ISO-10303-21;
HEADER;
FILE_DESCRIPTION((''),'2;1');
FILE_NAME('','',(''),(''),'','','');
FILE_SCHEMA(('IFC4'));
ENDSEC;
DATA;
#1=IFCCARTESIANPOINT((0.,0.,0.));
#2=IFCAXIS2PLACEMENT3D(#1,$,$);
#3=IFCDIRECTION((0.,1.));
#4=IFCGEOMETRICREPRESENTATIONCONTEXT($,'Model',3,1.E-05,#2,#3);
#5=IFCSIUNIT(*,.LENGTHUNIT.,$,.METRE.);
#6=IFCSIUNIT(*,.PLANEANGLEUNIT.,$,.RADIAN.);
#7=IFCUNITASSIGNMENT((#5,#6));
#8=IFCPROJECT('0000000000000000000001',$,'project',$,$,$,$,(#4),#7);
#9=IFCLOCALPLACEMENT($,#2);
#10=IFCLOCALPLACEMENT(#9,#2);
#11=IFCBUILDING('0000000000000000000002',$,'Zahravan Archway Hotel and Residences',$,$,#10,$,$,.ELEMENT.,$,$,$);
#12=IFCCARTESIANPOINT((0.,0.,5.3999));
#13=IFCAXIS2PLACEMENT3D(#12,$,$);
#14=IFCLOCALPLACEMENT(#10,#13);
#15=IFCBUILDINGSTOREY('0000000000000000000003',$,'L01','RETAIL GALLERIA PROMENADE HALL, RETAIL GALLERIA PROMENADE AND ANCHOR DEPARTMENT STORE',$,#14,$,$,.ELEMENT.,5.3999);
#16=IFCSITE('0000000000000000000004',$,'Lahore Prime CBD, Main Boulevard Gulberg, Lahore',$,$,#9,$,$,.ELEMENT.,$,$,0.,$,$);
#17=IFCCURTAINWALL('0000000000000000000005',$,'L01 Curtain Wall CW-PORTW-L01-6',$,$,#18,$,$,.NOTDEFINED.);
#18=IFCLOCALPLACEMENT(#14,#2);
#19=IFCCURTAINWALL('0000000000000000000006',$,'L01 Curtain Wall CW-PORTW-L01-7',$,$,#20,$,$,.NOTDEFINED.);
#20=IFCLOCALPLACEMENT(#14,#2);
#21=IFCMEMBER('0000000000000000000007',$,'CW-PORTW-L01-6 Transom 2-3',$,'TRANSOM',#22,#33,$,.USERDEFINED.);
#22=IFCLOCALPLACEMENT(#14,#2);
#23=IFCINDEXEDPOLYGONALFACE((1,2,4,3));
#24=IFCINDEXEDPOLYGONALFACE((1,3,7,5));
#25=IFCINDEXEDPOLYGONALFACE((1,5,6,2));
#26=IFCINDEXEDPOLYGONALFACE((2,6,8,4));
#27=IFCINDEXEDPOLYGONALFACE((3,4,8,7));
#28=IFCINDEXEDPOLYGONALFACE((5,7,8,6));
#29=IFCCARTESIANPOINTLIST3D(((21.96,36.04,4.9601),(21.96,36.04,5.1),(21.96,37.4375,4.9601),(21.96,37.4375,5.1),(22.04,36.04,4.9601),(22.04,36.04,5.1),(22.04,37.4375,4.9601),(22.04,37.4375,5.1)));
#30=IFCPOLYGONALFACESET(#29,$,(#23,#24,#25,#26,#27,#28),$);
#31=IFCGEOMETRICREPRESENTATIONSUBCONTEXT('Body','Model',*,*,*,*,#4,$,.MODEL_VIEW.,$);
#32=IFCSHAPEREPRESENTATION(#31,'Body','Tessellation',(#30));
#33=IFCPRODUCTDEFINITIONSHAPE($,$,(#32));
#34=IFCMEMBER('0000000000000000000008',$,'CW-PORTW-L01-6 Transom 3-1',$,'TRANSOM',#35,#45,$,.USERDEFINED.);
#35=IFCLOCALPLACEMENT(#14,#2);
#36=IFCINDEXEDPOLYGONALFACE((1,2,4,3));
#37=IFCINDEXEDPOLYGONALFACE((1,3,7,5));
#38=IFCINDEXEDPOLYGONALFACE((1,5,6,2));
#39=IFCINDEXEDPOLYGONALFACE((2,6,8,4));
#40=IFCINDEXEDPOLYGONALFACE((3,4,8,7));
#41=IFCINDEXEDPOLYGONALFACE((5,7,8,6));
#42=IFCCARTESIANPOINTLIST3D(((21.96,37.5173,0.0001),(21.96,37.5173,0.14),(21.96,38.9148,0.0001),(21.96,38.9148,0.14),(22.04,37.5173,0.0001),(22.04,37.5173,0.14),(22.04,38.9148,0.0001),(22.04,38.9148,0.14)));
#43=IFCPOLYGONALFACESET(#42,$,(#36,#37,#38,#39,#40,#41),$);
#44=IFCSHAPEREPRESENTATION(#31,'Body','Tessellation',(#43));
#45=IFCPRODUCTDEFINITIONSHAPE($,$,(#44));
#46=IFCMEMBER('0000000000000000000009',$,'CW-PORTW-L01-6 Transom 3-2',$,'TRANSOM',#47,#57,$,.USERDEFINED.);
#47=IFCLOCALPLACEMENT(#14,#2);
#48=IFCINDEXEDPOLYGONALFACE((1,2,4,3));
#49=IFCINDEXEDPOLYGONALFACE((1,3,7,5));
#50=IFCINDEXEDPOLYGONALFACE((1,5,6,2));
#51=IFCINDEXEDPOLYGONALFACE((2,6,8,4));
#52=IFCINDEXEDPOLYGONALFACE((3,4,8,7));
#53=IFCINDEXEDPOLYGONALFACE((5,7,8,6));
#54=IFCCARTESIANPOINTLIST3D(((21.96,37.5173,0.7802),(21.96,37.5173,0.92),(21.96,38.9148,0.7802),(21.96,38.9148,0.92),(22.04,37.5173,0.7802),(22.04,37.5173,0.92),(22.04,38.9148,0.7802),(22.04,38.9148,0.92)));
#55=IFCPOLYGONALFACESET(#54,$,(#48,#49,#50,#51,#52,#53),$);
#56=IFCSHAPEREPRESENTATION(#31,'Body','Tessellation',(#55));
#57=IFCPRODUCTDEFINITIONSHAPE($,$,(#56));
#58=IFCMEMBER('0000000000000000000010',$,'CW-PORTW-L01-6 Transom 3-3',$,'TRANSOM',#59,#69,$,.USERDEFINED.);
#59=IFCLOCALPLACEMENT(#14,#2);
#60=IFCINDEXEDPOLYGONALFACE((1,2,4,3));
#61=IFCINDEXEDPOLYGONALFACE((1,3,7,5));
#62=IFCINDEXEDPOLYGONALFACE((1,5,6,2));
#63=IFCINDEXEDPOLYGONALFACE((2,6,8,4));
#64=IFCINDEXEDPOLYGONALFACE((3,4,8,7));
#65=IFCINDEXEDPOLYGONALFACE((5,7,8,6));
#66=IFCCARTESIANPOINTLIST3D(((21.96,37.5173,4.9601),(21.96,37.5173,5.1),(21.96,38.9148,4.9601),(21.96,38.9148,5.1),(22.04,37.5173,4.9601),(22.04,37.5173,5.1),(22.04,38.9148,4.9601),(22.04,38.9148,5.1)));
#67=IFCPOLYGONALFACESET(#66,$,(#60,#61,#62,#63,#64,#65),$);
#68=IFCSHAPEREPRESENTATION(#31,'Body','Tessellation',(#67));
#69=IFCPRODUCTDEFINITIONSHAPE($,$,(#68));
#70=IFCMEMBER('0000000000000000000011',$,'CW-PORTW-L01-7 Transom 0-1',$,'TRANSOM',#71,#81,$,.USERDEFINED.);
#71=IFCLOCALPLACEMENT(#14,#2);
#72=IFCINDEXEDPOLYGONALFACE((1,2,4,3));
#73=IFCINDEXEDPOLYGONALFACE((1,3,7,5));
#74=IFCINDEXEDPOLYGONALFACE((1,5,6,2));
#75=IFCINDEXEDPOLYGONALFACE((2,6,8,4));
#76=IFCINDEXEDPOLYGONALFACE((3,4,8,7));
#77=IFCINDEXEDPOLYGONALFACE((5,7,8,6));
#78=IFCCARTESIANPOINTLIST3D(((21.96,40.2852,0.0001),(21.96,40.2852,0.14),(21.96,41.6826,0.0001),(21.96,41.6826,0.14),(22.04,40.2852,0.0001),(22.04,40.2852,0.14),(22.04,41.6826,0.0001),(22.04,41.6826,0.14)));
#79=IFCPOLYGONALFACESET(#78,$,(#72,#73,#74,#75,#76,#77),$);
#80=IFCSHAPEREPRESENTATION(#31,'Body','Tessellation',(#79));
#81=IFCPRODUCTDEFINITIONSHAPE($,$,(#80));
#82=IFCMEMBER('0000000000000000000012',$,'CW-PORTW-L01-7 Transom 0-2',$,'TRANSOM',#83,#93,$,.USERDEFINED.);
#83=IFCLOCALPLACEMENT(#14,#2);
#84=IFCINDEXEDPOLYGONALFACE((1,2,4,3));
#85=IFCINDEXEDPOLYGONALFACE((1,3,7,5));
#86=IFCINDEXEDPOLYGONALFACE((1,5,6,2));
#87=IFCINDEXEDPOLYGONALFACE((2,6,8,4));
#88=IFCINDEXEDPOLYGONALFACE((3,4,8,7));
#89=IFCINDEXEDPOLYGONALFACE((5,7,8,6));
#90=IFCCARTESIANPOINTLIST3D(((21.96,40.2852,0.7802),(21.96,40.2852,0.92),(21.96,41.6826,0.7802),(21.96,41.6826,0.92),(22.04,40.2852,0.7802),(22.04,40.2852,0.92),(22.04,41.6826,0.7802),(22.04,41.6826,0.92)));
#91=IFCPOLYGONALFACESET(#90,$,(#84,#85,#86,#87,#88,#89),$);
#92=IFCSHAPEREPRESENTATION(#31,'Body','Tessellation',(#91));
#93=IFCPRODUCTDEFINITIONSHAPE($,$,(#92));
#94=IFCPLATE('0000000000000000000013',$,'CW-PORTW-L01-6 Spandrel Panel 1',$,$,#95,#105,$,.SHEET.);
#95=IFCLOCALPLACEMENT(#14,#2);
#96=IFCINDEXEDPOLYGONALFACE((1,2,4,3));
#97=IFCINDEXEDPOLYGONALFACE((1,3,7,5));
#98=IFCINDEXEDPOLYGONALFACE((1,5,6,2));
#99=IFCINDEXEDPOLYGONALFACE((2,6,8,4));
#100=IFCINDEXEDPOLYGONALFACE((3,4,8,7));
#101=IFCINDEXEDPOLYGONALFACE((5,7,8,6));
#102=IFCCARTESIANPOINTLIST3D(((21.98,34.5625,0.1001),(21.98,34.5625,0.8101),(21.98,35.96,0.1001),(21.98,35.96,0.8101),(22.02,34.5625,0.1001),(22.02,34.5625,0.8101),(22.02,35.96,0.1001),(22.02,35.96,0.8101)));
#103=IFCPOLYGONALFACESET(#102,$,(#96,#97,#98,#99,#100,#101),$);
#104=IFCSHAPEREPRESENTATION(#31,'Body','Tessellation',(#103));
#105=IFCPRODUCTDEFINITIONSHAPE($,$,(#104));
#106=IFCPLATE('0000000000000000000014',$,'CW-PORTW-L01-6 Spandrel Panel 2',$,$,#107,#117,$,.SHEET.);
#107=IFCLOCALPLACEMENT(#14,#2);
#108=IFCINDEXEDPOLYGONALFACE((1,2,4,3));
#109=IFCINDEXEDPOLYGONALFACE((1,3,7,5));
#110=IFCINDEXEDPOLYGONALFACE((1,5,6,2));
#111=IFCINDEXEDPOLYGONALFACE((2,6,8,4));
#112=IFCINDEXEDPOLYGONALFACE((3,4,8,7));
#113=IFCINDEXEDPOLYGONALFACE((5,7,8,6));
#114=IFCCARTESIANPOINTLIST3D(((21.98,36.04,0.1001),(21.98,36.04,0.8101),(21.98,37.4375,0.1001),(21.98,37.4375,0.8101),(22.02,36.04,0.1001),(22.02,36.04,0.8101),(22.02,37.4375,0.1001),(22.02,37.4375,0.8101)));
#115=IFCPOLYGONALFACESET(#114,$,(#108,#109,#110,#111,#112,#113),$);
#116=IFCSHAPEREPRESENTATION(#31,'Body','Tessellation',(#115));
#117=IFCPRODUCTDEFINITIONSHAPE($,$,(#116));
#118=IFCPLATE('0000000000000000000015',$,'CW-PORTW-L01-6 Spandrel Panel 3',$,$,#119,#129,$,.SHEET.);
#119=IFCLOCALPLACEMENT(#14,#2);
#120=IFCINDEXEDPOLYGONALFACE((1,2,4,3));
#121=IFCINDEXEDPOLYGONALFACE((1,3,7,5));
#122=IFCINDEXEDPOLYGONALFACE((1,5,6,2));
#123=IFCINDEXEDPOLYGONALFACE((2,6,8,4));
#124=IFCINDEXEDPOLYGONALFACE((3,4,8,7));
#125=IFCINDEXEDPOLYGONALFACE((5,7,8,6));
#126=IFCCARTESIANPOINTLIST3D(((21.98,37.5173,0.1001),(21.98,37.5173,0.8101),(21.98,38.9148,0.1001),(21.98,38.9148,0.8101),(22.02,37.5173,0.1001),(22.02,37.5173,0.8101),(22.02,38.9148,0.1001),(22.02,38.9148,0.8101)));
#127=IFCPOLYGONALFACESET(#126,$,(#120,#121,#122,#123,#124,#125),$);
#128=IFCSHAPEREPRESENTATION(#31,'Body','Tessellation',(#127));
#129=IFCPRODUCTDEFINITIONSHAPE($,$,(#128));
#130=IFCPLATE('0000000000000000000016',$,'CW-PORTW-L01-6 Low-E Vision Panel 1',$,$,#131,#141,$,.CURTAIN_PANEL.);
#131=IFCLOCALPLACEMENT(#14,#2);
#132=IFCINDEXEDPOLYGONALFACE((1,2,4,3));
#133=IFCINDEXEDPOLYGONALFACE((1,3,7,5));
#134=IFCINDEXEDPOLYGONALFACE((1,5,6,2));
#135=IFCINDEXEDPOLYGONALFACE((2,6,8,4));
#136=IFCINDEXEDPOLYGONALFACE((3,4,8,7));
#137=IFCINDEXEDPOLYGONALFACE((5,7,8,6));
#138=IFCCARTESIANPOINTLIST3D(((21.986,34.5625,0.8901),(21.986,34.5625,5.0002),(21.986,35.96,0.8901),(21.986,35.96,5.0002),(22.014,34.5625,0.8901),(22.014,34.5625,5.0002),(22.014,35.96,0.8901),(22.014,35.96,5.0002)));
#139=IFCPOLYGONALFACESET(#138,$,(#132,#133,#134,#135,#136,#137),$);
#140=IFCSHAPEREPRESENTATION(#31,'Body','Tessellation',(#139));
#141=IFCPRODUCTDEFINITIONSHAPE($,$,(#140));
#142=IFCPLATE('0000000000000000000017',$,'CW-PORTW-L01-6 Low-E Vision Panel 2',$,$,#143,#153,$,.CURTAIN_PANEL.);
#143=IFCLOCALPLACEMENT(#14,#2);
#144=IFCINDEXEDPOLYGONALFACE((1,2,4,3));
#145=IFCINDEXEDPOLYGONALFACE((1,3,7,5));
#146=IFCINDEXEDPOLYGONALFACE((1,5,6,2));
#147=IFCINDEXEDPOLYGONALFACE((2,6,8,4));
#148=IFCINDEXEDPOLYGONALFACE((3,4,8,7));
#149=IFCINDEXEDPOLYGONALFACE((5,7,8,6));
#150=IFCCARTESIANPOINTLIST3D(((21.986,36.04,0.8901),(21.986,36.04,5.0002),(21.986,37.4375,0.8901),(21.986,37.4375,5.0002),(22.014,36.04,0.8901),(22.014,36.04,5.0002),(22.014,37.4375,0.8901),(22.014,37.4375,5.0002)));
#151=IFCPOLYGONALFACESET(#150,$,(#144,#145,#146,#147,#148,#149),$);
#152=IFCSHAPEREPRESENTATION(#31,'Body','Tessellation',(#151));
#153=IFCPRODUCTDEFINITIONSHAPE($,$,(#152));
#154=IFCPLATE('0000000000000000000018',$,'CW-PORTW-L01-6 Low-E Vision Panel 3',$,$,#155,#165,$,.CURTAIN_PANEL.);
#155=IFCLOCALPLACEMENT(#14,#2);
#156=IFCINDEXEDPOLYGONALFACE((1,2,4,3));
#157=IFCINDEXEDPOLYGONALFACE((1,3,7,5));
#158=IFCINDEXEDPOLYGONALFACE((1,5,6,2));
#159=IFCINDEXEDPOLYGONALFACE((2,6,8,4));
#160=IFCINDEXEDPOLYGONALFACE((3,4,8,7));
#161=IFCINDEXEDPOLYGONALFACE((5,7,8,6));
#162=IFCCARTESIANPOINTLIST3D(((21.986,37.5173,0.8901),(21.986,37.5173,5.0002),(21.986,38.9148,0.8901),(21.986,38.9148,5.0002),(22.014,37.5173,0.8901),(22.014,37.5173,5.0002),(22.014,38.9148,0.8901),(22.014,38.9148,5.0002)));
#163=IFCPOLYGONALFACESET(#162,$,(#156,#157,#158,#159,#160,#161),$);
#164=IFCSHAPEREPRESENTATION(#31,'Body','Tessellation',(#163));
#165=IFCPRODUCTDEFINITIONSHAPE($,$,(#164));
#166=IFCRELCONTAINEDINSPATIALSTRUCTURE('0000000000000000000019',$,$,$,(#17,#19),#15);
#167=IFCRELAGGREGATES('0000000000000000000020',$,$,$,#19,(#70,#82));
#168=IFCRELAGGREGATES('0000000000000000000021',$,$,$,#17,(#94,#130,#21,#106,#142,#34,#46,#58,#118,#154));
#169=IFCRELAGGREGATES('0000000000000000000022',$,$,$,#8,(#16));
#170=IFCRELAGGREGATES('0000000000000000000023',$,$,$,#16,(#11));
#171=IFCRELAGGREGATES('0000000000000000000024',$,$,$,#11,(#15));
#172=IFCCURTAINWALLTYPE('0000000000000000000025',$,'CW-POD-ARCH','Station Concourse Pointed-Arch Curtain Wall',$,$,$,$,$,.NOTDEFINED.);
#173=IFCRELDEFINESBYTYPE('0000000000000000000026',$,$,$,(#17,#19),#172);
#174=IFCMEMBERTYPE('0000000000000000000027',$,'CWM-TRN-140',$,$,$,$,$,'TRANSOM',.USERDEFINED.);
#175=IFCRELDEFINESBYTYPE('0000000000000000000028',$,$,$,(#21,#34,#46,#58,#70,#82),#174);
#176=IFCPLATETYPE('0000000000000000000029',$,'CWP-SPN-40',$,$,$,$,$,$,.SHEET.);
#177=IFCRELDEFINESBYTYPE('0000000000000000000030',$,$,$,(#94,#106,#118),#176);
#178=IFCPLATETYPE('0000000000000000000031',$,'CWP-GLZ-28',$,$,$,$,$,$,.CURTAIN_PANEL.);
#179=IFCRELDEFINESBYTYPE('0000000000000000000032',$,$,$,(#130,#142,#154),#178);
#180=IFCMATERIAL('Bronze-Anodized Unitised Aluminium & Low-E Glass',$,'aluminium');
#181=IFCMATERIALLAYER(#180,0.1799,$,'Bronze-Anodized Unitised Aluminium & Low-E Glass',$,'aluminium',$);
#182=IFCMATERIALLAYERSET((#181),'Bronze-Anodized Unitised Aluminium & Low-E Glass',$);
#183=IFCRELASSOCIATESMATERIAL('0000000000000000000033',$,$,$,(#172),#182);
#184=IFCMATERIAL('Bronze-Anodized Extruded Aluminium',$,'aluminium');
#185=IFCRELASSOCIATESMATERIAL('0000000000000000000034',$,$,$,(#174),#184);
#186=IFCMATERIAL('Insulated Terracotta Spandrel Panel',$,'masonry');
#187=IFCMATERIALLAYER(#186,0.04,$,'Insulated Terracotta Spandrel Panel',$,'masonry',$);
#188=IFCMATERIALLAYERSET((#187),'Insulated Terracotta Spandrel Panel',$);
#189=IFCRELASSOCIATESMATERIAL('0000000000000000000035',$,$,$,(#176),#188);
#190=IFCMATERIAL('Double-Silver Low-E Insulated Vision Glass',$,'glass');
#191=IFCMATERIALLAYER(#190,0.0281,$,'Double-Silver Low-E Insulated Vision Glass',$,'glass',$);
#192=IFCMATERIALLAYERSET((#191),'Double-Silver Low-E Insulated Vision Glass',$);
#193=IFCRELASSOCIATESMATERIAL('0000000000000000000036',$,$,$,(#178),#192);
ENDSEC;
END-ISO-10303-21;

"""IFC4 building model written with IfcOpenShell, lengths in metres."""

from ifc_helpers import new_model, si_unit, direction, frame, origin, origin_2d, place, context, subcontext, project, spatial, rectangle, extrude, source, transform, mapped, material, layer, layer_set, material_profile, profile_set, type_object, element, aggregate, save


model = new_model("IFC4")

# Units and contexts
model_context = context("Model", 3, precision=1e-05, world=origin(), true_north=direction((0.0, 1.0)))
body_context = subcontext(model_context, "Body", "Model", "MODEL_VIEW")
ifc_project = project(units=[si_unit("LENGTHUNIT", "METRE"), si_unit("PLANEANGLEUNIT", "RADIAN")], contexts=[model_context])

# Site, building, storey
site_placement = place(None, origin())
site = spatial("IfcSite", under=ifc_project, at=site_placement, Name="Lahore Prime CBD, Main Boulevard Gulberg, Lahore", CompositionType="ELEMENT", RefElevation=0.0)
building_placement = place(site_placement, origin())
building = spatial("IfcBuilding", under=site, at=building_placement, Name="Zahravan Archway Hotel and Residences", CompositionType="ELEMENT")
storey_placement = place(building_placement, frame((0.0, 0.0, 5.3999)))
storey = spatial("IfcBuildingStorey", under=building, at=storey_placement, Name="L01", Description="RETAIL GALLERIA PROMENADE HALL, RETAIL GALLERIA PROMENADE AND ANCHOR DEPARTMENT STORE", CompositionType="ELEMENT", Elevation=5.3999)

# Curtain wall
ifc_material_1 = material(Name="Bronze-Anodized Unitised Aluminium & Low-E Glass", Category="aluminium")
ifc_layer_1 = layer(ifc_material_1, 0.1799, Name="Bronze-Anodized Unitised Aluminium & Low-E Glass", Category="aluminium")
ifc_layer_set_1 = layer_set([ifc_layer_1], Name="Bronze-Anodized Unitised Aluminium & Low-E Glass")
curtain_wall_type = type_object("IfcCurtainWallType", Name="CW-POD-ARCH", Description="Station Concourse Pointed-Arch Curtain Wall", PredefinedType="NOTDEFINED", material=ifc_layer_set_1)
curtain_wall_1_placement = place(storey_placement, origin())
curtain_wall_1 = element("IfcCurtainWall", 1, at=curtain_wall_1_placement, inside=storey, type_object=curtain_wall_type, Name="L01 Curtain Wall CW-PORTW-L01-6", PredefinedType="NOTDEFINED")
ifc_material_2 = material(Name="Bronze-Anodized Extruded Aluminium", Category="aluminium")

# Curtain wall
curtain_wall_2_placement = place(storey_placement, origin())
curtain_wall_2 = element("IfcCurtainWall", 2, at=curtain_wall_2_placement, inside=storey, type_object=curtain_wall_type, Name="L01 Curtain Wall CW-PORTW-L01-7", PredefinedType="NOTDEFINED")

# Members
ifc_material_profile_1 = material_profile(ifc_material_2, rectangle(XDim=0.0801, YDim=0.1399, at=origin_2d()), Name="TRN 80x140", Category="aluminium")
ifc_profile_set_1 = profile_set([ifc_material_profile_1], Name="Bronze-Anodized Extruded Aluminium")
member_type_1 = type_object("IfcMemberType", Name="CWM-TRN-140", ElementType="TRANSOM", PredefinedType="USERDEFINED", material=ifc_profile_set_1)
shared_shape_1 = source(origin(), body_context, "Body", "SweptSolid", [
    extrude(rectangle(XDim=0.0801, YDim=0.1399, at=origin_2d()), origin(), (0.0, 0.0, 1.0), 1.3975),
])
member_1_placement = place(storey_placement, frame((22.0, 36.04, 5.03), z_axis=(0.0, 1.0, 0.0), x_axis=(-1.0, 0.0, 0.0)))
member_1 = element("IfcMember", 3, at=member_1_placement, type_object=member_type_1, Name="CW-PORTW-L01-6 Transom 2-3", ObjectType="TRANSOM", PredefinedType="USERDEFINED", context=body_context, shape_type="MappedRepresentation", body=[
    mapped(shared_shape_1, transform((0.0, 0.0, 0.0), scale=1.0)),
])
member_2_placement = place(storey_placement, frame((22.0, 37.5173, 0.0701), z_axis=(0.0, 1.0, 0.0), x_axis=(-1.0, 0.0, 0.0)))
member_2 = element("IfcMember", 4, at=member_2_placement, type_object=member_type_1, Name="CW-PORTW-L01-6 Transom 3-1", ObjectType="TRANSOM", PredefinedType="USERDEFINED", context=body_context, shape_type="MappedRepresentation", body=[
    mapped(shared_shape_1, transform((0.0, 0.0, 0.0), scale=1.0)),
])
member_3_placement = place(storey_placement, frame((22.0, 37.5173, 0.8501), z_axis=(0.0, 1.0, 0.0), x_axis=(-1.0, 0.0, 0.0)))
member_3 = element("IfcMember", 5, at=member_3_placement, type_object=member_type_1, Name="CW-PORTW-L01-6 Transom 3-2", ObjectType="TRANSOM", PredefinedType="USERDEFINED", context=body_context, shape_type="MappedRepresentation", body=[
    mapped(shared_shape_1, transform((0.0, 0.0, 0.0), scale=1.0)),
])
member_4_placement = place(storey_placement, frame((22.0, 37.5173, 5.03), z_axis=(0.0, 1.0, 0.0), x_axis=(-1.0, 0.0, 0.0)))
member_4 = element("IfcMember", 6, at=member_4_placement, type_object=member_type_1, Name="CW-PORTW-L01-6 Transom 3-3", ObjectType="TRANSOM", PredefinedType="USERDEFINED", context=body_context, shape_type="MappedRepresentation", body=[
    mapped(shared_shape_1, transform((0.0, 0.0, 0.0), scale=1.0)),
])
member_5_placement = place(storey_placement, frame((22.0, 40.2852, 0.0701), z_axis=(0.0, 1.0, 0.0), x_axis=(-1.0, 0.0, 0.0)))
member_5 = element("IfcMember", 7, at=member_5_placement, type_object=member_type_1, Name="CW-PORTW-L01-7 Transom 0-1", ObjectType="TRANSOM", PredefinedType="USERDEFINED", context=body_context, shape_type="MappedRepresentation", body=[
    mapped(shared_shape_1, transform((0.0, 0.0, 0.0), scale=1.0)),
])
member_6_placement = place(storey_placement, frame((22.0, 40.2852, 0.8501), z_axis=(0.0, 1.0, 0.0), x_axis=(-1.0, 0.0, 0.0)))
member_6 = element("IfcMember", 8, at=member_6_placement, type_object=member_type_1, Name="CW-PORTW-L01-7 Transom 0-2", ObjectType="TRANSOM", PredefinedType="USERDEFINED", context=body_context, shape_type="MappedRepresentation", body=[
    mapped(shared_shape_1, transform((0.0, 0.0, 0.0), scale=1.0)),
])
aggregate(curtain_wall_2, [member_5, member_6])

# Plates
ifc_material_3 = material(Name="Insulated Terracotta Spandrel Panel", Category="masonry")
ifc_layer_2 = layer(ifc_material_3, 0.04, Name="Insulated Terracotta Spandrel Panel", Category="masonry")
ifc_layer_set_2 = layer_set([ifc_layer_2], Name="Insulated Terracotta Spandrel Panel")
plate_type_1 = type_object("IfcPlateType", Name="CWP-SPN-40", PredefinedType="SHEET", material=ifc_layer_set_2)
shared_shape_2 = source(origin(), body_context, "Body", "SweptSolid", [
    extrude(rectangle(XDim=1.3975, YDim=0.04, at=origin_2d()), origin(), (0.0, 0.0, 1.0), 0.71),
])
plate_1_placement = place(storey_placement, frame((22.0, 35.2612, 0.1001), z_axis=(0.0, 0.0, 1.0), x_axis=(0.0, 1.0, 0.0)))
plate_1 = element("IfcPlate", 9, at=plate_1_placement, type_object=plate_type_1, Name="CW-PORTW-L01-6 Spandrel Panel 1", PredefinedType="SHEET", context=body_context, shape_type="MappedRepresentation", body=[
    mapped(shared_shape_2, transform((0.0, 0.0, 0.0), scale=1.0)),
])
plate_2_placement = place(storey_placement, frame((22.0, 36.7388, 0.1001), z_axis=(0.0, 0.0, 1.0), x_axis=(0.0, 1.0, 0.0)))
plate_2 = element("IfcPlate", 10, at=plate_2_placement, type_object=plate_type_1, Name="CW-PORTW-L01-6 Spandrel Panel 2", PredefinedType="SHEET", context=body_context, shape_type="MappedRepresentation", body=[
    mapped(shared_shape_2, transform((0.0, 0.0, 0.0), scale=1.0)),
])
plate_3_placement = place(storey_placement, frame((22.0, 38.2161, 0.1001), z_axis=(0.0, 0.0, 1.0), x_axis=(0.0, 1.0, 0.0)))
plate_3 = element("IfcPlate", 11, at=plate_3_placement, type_object=plate_type_1, Name="CW-PORTW-L01-6 Spandrel Panel 3", PredefinedType="SHEET", context=body_context, shape_type="MappedRepresentation", body=[
    mapped(shared_shape_2, transform((0.0, 0.0, 0.0), scale=1.0)),
])
ifc_material_4 = material(Name="Double-Silver Low-E Insulated Vision Glass", Category="glass")
ifc_layer_3 = layer(ifc_material_4, 0.0281, Name="Double-Silver Low-E Insulated Vision Glass", Category="glass")
ifc_layer_set_3 = layer_set([ifc_layer_3], Name="Double-Silver Low-E Insulated Vision Glass")
plate_type_2 = type_object("IfcPlateType", Name="CWP-GLZ-28", PredefinedType="CURTAIN_PANEL", material=ifc_layer_set_3)
shared_shape_3 = source(origin(), body_context, "Body", "SweptSolid", [
    extrude(rectangle(XDim=1.3975, YDim=0.0281, at=origin_2d()), origin(), (0.0, 0.0, 1.0), 4.1101),
])
plate_4_placement = place(storey_placement, frame((22.0, 35.2612, 0.8901), z_axis=(0.0, 0.0, 1.0), x_axis=(0.0, 1.0, 0.0)))
plate_4 = element("IfcPlate", 12, at=plate_4_placement, type_object=plate_type_2, Name="CW-PORTW-L01-6 Low-E Vision Panel 1", PredefinedType="CURTAIN_PANEL", context=body_context, shape_type="MappedRepresentation", body=[
    mapped(shared_shape_3, transform((0.0, 0.0, 0.0), scale=1.0)),
])
plate_5_placement = place(storey_placement, frame((22.0, 36.7388, 0.8901), z_axis=(0.0, 0.0, 1.0), x_axis=(0.0, 1.0, 0.0)))
plate_5 = element("IfcPlate", 13, at=plate_5_placement, type_object=plate_type_2, Name="CW-PORTW-L01-6 Low-E Vision Panel 2", PredefinedType="CURTAIN_PANEL", context=body_context, shape_type="MappedRepresentation", body=[
    mapped(shared_shape_3, transform((0.0, 0.0, 0.0), scale=1.0)),
])
plate_6_placement = place(storey_placement, frame((22.0, 38.2161, 0.8901), z_axis=(0.0, 0.0, 1.0), x_axis=(0.0, 1.0, 0.0)))
plate_6 = element("IfcPlate", 14, at=plate_6_placement, type_object=plate_type_2, Name="CW-PORTW-L01-6 Low-E Vision Panel 3", PredefinedType="CURTAIN_PANEL", context=body_context, shape_type="MappedRepresentation", body=[
    mapped(shared_shape_3, transform((0.0, 0.0, 0.0), scale=1.0)),
])
aggregate(curtain_wall_1, [plate_1, plate_4, member_1, plate_2, plate_5, member_2, member_3, member_4, plate_3, plate_6])

save(model, "model.ifc")
